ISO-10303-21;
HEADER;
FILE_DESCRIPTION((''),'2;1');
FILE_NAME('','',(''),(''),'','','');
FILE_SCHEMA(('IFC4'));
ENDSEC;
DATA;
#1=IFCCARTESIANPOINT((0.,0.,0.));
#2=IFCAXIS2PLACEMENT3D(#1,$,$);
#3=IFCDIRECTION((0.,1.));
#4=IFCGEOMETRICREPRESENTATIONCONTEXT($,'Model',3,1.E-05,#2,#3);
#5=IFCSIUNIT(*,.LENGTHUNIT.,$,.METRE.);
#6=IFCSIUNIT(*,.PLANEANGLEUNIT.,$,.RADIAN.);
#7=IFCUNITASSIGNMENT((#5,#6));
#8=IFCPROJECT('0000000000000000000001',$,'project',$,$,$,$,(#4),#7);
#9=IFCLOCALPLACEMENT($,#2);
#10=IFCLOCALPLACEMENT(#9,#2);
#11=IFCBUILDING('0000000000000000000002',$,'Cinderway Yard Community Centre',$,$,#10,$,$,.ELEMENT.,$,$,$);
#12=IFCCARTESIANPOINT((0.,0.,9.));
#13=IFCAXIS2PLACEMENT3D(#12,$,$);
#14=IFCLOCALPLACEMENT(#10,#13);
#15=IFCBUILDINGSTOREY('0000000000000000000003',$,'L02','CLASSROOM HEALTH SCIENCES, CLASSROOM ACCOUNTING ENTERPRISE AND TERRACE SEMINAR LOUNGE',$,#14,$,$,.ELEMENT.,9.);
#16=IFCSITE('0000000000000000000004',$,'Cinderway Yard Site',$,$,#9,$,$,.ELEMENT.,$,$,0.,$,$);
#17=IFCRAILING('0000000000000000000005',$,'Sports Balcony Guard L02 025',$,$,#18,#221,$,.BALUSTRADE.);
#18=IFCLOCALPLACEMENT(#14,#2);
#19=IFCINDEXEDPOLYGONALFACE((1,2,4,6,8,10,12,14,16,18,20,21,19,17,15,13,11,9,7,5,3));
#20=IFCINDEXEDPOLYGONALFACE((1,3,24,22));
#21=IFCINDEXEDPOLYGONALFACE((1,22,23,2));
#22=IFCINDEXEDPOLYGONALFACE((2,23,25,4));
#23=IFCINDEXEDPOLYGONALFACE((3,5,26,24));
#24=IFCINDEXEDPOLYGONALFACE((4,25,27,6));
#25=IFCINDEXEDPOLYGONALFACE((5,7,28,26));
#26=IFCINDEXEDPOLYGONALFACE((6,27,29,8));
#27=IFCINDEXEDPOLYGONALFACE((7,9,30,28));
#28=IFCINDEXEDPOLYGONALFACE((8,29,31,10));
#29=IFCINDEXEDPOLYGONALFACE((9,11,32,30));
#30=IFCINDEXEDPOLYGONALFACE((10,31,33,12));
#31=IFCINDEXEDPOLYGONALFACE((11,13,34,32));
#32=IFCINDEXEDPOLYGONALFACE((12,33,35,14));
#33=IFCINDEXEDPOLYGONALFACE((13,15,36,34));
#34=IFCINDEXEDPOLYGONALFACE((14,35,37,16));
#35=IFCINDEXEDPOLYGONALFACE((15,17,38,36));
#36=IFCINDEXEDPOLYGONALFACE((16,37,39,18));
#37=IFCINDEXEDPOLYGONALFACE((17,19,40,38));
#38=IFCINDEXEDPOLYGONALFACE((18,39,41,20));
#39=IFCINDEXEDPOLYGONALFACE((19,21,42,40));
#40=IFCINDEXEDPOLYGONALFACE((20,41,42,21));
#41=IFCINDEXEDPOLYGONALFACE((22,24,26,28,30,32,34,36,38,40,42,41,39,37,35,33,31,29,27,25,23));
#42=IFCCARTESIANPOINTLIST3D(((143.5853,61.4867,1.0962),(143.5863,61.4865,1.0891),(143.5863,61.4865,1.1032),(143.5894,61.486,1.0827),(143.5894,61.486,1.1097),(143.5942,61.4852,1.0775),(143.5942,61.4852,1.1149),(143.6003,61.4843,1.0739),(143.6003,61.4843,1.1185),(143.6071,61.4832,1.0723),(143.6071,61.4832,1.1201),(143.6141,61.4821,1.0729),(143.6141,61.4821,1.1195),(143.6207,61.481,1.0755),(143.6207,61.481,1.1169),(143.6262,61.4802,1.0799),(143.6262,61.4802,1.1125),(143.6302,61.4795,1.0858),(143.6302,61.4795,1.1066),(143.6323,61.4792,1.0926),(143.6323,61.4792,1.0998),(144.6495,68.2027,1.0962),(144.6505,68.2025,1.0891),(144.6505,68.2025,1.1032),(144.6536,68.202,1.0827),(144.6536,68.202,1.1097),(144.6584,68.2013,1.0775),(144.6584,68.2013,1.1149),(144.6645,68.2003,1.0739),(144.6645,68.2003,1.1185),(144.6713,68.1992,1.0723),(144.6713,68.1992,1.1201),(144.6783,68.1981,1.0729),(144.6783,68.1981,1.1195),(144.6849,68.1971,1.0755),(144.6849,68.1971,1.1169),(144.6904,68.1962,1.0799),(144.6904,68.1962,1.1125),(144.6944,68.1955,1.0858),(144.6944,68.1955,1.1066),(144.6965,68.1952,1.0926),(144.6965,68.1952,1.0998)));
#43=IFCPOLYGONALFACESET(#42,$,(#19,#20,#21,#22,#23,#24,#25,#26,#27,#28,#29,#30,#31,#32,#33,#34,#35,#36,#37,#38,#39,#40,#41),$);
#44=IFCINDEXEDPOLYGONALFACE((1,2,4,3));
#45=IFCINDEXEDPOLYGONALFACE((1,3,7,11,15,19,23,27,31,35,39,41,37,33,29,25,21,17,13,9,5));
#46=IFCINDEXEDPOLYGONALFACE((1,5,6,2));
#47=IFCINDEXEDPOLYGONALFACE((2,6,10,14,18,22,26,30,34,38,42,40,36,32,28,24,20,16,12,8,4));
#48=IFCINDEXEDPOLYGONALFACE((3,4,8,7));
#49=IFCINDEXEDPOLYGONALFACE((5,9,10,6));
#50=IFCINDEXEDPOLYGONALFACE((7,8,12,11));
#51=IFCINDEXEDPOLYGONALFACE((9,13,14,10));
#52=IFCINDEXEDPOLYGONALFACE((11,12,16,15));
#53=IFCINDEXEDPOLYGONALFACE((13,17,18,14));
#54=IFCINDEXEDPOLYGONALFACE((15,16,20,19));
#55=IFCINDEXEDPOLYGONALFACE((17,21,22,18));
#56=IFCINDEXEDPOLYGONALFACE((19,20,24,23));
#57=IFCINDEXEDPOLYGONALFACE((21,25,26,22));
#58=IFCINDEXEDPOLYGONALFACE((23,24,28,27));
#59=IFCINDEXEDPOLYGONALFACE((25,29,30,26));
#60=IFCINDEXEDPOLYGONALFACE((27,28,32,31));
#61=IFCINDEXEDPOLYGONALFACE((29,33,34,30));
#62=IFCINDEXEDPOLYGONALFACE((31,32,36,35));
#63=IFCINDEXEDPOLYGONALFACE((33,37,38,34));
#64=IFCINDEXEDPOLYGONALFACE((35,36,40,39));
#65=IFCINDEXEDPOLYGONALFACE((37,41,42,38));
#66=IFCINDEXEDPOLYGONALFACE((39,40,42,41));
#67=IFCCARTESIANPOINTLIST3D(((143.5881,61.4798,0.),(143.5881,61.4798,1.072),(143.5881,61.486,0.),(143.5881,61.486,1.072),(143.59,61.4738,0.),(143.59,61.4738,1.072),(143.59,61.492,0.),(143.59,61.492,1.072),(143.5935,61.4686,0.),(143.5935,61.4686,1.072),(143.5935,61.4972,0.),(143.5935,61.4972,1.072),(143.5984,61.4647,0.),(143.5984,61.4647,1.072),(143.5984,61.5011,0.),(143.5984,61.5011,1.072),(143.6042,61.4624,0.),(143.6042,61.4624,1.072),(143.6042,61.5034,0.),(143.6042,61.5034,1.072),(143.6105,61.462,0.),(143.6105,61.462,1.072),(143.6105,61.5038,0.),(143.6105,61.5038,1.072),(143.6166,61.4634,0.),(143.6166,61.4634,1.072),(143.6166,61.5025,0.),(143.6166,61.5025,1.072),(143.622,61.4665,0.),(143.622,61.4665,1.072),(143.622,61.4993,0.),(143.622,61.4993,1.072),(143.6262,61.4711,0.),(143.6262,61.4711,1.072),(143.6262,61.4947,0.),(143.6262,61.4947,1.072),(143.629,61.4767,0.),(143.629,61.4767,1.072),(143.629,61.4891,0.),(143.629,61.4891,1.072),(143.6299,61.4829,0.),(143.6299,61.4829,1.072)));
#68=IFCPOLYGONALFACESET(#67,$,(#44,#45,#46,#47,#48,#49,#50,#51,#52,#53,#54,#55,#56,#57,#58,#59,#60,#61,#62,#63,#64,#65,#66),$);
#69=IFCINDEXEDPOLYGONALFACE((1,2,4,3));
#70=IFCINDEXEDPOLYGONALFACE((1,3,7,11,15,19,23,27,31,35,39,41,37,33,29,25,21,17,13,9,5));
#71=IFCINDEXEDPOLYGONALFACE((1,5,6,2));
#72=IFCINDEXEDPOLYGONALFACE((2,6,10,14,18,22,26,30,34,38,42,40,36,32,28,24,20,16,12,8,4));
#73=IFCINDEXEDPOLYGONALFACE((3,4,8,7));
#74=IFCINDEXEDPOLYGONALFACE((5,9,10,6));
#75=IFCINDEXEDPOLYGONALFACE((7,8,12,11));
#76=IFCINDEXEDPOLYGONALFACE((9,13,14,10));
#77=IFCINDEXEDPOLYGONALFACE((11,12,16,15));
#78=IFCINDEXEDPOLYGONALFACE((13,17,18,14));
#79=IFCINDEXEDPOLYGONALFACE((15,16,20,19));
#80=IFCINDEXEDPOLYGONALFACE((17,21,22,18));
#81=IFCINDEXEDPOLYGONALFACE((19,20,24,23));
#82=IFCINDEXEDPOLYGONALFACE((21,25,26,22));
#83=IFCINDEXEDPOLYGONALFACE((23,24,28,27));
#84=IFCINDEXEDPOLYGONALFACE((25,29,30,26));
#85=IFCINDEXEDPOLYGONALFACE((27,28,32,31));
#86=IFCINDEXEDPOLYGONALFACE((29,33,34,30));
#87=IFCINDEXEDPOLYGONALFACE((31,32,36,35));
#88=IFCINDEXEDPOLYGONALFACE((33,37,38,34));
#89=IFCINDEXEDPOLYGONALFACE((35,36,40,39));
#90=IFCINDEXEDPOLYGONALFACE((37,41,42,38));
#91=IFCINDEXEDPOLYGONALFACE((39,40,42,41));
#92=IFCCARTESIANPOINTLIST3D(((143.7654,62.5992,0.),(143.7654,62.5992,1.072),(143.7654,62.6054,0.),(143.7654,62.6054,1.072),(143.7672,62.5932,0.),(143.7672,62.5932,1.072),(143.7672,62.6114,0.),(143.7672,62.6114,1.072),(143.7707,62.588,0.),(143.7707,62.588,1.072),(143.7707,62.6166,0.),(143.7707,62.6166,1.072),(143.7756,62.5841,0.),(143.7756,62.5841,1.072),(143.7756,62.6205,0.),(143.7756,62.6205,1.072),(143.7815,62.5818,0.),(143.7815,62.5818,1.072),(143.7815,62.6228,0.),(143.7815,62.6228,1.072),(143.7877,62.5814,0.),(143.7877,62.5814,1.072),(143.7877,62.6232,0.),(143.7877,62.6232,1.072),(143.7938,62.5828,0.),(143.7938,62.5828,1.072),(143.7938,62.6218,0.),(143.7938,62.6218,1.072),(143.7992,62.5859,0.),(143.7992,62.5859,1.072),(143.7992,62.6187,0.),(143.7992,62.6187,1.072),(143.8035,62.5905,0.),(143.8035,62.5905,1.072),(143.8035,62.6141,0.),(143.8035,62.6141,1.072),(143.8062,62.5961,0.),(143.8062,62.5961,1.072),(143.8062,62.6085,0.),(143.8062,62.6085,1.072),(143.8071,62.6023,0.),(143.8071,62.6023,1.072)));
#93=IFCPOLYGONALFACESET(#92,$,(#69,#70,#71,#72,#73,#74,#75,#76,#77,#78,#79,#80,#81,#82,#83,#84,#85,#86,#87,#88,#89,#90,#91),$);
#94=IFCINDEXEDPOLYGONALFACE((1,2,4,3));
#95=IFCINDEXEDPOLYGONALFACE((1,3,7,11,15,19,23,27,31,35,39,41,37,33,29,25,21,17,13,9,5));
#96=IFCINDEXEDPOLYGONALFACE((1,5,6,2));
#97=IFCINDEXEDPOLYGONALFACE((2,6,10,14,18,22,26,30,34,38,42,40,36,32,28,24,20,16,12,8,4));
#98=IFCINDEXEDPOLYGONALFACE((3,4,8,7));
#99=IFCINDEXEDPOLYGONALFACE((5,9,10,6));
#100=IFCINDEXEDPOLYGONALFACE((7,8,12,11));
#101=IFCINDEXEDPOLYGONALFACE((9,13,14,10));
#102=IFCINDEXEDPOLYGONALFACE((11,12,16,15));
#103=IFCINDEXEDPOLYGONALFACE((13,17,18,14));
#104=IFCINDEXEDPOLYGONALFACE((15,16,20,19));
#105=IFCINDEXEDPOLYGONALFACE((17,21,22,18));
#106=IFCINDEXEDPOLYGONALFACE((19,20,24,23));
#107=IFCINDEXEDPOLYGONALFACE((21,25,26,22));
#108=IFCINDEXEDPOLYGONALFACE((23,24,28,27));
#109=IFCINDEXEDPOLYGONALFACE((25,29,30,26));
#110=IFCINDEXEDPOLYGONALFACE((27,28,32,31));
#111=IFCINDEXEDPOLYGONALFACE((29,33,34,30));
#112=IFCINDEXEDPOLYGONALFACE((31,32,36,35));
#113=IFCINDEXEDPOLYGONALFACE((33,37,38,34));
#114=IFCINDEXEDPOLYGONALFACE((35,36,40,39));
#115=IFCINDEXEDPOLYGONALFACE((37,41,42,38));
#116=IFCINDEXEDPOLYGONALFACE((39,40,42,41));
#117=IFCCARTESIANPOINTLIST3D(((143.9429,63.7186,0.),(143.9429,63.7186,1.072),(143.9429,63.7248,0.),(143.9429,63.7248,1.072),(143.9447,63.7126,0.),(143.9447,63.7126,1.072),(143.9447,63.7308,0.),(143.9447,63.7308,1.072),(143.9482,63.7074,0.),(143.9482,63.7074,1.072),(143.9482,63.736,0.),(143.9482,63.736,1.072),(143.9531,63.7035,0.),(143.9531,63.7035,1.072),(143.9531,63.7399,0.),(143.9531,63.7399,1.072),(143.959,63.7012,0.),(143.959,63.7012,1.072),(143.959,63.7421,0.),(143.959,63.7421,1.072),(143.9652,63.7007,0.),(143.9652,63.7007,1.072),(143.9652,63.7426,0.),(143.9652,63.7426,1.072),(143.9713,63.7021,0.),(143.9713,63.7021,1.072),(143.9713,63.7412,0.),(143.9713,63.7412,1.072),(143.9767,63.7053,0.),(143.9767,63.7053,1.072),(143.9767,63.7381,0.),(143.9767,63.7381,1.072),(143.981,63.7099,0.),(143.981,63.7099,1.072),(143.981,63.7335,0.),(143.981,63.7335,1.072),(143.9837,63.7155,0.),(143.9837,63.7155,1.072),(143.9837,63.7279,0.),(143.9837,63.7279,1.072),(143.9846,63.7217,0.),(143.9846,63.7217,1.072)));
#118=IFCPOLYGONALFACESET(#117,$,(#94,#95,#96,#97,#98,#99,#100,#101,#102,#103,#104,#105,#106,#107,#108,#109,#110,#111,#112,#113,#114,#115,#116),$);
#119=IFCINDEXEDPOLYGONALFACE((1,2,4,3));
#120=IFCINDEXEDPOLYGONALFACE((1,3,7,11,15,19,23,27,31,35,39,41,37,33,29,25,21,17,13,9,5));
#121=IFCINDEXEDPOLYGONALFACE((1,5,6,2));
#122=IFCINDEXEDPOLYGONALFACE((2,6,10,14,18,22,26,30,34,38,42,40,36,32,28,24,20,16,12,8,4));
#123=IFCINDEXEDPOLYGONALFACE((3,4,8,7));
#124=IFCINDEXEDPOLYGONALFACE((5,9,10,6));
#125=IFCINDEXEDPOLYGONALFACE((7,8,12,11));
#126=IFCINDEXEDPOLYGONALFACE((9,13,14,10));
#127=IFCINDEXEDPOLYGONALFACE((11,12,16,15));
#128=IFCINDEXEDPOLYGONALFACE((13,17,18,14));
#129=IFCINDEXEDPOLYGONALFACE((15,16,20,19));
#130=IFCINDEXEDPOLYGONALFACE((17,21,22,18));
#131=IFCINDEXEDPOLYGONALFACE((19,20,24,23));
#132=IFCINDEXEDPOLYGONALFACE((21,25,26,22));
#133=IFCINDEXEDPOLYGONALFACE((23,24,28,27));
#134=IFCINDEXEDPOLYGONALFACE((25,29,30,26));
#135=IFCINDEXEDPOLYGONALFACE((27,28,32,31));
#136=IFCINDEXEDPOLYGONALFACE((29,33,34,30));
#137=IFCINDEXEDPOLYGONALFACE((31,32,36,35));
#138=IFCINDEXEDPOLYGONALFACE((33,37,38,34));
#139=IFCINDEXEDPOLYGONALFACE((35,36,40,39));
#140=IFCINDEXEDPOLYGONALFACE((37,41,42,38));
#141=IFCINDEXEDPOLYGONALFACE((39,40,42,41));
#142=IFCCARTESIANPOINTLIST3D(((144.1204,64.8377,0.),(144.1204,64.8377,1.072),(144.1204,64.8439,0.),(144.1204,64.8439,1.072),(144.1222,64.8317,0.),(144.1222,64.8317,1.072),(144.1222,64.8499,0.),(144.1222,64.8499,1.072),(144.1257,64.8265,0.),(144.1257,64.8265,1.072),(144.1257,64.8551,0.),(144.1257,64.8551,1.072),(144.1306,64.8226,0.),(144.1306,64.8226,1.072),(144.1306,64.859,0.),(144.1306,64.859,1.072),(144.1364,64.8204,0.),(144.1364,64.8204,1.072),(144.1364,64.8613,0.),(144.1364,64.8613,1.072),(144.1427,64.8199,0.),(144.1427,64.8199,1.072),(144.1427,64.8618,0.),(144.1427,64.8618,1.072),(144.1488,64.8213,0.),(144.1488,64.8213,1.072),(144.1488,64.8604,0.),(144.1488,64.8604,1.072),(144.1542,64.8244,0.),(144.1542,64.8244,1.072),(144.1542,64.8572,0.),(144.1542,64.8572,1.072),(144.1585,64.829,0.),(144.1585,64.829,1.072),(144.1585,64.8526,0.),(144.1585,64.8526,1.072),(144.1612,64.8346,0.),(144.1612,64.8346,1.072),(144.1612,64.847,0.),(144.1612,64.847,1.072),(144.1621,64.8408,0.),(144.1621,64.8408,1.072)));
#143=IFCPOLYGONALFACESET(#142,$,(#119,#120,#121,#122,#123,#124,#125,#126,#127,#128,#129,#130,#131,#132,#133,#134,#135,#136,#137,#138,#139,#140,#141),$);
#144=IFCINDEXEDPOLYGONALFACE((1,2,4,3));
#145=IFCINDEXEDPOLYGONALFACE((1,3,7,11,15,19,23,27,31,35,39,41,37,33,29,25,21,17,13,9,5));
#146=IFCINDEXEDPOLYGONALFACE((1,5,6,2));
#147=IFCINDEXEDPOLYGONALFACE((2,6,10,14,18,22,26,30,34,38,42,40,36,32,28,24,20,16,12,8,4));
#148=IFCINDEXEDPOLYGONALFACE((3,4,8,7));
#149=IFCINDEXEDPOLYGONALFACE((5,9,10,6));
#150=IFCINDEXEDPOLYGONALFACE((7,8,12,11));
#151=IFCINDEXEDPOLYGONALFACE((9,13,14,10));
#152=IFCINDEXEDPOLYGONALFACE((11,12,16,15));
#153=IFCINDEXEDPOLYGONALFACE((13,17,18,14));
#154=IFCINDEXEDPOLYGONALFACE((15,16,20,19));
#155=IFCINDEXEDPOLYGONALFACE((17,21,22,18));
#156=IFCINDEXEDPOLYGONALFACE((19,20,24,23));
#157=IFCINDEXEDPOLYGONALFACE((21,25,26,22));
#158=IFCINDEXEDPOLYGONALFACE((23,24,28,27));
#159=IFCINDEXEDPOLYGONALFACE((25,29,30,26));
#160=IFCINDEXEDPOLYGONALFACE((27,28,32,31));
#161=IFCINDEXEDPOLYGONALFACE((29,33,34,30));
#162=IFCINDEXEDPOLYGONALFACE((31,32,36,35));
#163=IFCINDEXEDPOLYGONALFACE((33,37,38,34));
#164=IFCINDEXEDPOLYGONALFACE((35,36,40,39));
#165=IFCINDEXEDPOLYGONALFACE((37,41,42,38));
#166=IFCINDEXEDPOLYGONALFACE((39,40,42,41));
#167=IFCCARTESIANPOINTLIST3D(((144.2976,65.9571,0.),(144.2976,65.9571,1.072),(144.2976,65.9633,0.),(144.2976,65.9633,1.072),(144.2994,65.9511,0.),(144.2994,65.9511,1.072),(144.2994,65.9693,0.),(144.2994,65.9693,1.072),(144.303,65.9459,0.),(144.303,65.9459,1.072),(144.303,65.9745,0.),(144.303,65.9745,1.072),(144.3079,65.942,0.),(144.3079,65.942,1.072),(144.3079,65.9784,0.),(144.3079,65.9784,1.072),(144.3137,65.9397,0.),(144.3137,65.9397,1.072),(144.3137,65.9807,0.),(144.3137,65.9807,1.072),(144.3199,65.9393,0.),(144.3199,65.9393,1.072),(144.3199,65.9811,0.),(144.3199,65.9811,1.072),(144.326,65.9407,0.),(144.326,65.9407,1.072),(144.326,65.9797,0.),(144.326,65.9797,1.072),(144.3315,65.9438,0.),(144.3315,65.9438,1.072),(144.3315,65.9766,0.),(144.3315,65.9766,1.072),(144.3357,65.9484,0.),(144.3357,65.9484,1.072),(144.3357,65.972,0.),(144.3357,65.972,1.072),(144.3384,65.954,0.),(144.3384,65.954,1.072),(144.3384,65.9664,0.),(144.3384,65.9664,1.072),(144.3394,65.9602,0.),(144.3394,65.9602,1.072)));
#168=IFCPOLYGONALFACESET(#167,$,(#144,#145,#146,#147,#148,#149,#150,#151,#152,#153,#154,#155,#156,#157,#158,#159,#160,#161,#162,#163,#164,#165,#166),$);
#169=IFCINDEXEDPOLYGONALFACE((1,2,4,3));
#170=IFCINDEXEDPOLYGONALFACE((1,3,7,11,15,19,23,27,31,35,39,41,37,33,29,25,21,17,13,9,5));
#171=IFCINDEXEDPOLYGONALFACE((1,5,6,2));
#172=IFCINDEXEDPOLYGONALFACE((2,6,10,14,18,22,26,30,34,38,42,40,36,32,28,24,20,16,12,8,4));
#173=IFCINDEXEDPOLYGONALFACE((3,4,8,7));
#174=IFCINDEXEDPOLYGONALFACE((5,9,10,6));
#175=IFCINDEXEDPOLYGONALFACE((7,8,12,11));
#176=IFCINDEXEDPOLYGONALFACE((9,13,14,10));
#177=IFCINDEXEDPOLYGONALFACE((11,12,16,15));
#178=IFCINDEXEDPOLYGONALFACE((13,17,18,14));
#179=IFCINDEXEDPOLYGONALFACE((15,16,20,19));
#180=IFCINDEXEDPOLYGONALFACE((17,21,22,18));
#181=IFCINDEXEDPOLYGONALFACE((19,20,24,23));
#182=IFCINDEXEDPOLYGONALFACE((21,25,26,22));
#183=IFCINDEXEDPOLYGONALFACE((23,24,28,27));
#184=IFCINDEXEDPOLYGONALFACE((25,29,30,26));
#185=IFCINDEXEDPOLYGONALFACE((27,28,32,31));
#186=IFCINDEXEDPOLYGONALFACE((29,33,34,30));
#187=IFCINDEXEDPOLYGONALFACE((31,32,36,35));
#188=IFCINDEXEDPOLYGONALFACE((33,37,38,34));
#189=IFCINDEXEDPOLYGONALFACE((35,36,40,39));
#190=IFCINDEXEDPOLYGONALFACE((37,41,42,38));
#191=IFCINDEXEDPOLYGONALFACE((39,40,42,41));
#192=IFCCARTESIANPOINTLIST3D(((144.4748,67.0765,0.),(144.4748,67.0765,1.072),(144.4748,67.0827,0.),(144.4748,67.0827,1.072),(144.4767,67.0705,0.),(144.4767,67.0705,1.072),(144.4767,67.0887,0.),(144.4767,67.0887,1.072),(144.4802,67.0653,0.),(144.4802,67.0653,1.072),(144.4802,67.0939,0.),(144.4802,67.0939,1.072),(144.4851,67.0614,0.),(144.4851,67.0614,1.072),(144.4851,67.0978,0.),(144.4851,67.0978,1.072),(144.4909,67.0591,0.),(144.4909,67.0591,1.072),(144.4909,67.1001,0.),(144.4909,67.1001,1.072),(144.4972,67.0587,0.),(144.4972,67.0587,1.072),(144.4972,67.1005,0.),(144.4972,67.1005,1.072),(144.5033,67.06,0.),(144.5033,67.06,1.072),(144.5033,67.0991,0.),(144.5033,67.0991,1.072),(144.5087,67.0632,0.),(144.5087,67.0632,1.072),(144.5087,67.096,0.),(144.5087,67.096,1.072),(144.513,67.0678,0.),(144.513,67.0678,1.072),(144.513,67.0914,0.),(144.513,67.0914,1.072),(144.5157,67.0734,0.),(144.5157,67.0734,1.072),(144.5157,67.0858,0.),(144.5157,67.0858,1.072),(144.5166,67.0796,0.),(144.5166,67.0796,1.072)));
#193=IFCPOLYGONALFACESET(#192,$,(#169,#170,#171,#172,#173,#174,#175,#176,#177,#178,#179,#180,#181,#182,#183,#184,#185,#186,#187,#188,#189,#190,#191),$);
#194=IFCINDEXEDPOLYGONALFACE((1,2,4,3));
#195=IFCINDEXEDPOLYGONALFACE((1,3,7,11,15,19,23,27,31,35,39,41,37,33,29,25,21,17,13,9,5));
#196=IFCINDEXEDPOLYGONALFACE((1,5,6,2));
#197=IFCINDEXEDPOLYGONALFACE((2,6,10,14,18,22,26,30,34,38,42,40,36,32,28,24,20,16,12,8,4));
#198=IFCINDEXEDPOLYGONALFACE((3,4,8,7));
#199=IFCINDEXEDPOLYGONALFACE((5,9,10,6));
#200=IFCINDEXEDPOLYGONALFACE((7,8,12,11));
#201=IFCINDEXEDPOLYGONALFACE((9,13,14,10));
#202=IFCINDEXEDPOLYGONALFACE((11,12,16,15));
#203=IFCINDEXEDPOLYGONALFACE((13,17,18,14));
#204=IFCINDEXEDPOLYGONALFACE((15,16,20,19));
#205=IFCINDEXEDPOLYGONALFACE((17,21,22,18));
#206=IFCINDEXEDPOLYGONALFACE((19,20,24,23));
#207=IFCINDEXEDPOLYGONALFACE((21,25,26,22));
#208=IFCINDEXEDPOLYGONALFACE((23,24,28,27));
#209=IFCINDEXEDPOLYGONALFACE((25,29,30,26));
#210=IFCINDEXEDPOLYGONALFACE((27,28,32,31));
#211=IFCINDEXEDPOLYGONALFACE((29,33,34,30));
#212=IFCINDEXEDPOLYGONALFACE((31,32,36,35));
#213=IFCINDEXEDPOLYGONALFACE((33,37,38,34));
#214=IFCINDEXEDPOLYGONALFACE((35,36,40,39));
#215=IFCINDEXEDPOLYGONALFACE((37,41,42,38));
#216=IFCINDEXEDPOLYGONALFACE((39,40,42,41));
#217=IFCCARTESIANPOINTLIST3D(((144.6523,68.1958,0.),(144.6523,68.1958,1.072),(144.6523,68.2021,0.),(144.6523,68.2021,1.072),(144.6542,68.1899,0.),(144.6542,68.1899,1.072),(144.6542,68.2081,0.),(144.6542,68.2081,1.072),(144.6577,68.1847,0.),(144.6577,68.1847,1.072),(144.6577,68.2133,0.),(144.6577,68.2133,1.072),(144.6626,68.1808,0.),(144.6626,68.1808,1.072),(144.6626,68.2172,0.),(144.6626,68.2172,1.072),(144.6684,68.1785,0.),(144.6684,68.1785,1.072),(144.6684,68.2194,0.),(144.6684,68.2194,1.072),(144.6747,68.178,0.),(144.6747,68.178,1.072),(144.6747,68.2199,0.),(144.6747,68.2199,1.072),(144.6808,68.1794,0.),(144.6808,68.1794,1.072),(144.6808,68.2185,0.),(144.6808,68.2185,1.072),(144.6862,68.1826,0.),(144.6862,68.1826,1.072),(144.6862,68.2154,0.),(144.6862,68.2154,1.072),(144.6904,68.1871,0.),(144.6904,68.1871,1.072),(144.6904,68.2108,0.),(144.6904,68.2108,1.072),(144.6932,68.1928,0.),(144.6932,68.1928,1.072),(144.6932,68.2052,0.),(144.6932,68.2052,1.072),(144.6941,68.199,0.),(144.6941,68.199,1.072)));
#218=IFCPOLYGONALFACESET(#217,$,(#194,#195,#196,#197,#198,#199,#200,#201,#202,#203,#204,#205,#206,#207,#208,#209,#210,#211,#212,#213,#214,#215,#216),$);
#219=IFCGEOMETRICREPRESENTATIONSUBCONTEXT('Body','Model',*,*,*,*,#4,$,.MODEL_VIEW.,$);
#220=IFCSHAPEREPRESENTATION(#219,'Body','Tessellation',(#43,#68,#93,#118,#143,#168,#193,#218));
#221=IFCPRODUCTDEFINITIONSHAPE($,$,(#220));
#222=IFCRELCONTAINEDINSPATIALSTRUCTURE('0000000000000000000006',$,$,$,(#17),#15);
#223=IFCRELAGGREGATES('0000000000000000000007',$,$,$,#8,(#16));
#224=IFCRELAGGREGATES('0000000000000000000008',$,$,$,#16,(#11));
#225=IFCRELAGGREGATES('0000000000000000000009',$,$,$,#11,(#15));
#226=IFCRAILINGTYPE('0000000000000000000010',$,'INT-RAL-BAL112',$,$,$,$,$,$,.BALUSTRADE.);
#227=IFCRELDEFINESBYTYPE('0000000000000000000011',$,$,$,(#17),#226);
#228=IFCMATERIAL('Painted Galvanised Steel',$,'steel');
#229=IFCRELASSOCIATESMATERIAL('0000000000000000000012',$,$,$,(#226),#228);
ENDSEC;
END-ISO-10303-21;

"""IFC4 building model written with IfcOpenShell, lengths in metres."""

from ifc_helpers import new_model, si_unit, direction, frame, origin, origin_2d, place, context, subcontext, project, spatial, circle, extrude, material, type_object, element, save


model = new_model("IFC4")

# Units and contexts
model_context = context("Model", 3, precision=1e-05, world=origin(), true_north=direction((0.0, 1.0)))
body_context = subcontext(model_context, "Body", "Model", "MODEL_VIEW")
ifc_project = project(units=[si_unit("LENGTHUNIT", "METRE"), si_unit("PLANEANGLEUNIT", "RADIAN")], contexts=[model_context])

# Site, building, storey
site_placement = place(None, origin())
site = spatial("IfcSite", under=ifc_project, at=site_placement, Name="Cinderway Yard Site", CompositionType="ELEMENT", RefElevation=0.0)
building_placement = place(site_placement, origin())
building = spatial("IfcBuilding", under=site, at=building_placement, Name="Cinderway Yard Community Centre", CompositionType="ELEMENT")
storey_placement = place(building_placement, frame((0.0, 0.0, 9.0)))
storey = spatial("IfcBuildingStorey", under=building, at=storey_placement, Name="L02", Description="CLASSROOM HEALTH SCIENCES, CLASSROOM ACCOUNTING ENTERPRISE AND TERRACE SEMINAR LOUNGE", CompositionType="ELEMENT", Elevation=9.0)

# Shared definitions
ifc_material_1 = material(Name="Painted Galvanised Steel", Category="steel")

# Railing
railing_type_1 = type_object("IfcRailingType", Name="INT-RAL-BAL112", PredefinedType="BALUSTRADE", material=ifc_material_1)
railing_1_placement = place(storey_placement, frame((143.6089, 61.4829, 0.0)))
element("IfcRailing", 1, at=railing_1_placement, inside=storey, type_object=railing_type_1, Name="Sports Balcony Guard L02 025", PredefinedType="BALUSTRADE", context=body_context, shape_type="SweptSolid", body=[
    extrude(circle(Radius=0.0239, at=origin_2d()), frame((0.0, 0.0, 1.0962), z_axis=(0.156505, 0.987677, 0.0), x_axis=(-0.987677, 0.156505, 0.0)), (0.0, 0.0, 1.0), 6.7998),
    extrude(circle(Radius=0.021, at=origin_2d()), origin(), (0.0, 0.0, 1.0), 1.072),
    extrude(circle(Radius=0.021, at=origin_2d()), frame((0.1772, 1.1194, 0.0)), (0.0, 0.0, 1.0), 1.072),
    extrude(circle(Radius=0.021, at=origin_2d()), frame((0.3547, 2.2388, 0.0)), (0.0, 0.0, 1.0), 1.072),
    extrude(circle(Radius=0.021, at=origin_2d()), frame((0.5322, 3.3579, 0.0)), (0.0, 0.0, 1.0), 1.072),
    extrude(circle(Radius=0.021, at=origin_2d()), frame((0.7095, 4.4773, 0.0)), (0.0, 0.0, 1.0), 1.072),
    extrude(circle(Radius=0.021, at=origin_2d()), frame((0.8867, 5.5967, 0.0)), (0.0, 0.0, 1.0), 1.072),
    extrude(circle(Radius=0.021, at=origin_2d()), frame((1.0642, 6.7161, 0.0)), (0.0, 0.0, 1.0), 1.072),
])

save(model, "model.ifc")
